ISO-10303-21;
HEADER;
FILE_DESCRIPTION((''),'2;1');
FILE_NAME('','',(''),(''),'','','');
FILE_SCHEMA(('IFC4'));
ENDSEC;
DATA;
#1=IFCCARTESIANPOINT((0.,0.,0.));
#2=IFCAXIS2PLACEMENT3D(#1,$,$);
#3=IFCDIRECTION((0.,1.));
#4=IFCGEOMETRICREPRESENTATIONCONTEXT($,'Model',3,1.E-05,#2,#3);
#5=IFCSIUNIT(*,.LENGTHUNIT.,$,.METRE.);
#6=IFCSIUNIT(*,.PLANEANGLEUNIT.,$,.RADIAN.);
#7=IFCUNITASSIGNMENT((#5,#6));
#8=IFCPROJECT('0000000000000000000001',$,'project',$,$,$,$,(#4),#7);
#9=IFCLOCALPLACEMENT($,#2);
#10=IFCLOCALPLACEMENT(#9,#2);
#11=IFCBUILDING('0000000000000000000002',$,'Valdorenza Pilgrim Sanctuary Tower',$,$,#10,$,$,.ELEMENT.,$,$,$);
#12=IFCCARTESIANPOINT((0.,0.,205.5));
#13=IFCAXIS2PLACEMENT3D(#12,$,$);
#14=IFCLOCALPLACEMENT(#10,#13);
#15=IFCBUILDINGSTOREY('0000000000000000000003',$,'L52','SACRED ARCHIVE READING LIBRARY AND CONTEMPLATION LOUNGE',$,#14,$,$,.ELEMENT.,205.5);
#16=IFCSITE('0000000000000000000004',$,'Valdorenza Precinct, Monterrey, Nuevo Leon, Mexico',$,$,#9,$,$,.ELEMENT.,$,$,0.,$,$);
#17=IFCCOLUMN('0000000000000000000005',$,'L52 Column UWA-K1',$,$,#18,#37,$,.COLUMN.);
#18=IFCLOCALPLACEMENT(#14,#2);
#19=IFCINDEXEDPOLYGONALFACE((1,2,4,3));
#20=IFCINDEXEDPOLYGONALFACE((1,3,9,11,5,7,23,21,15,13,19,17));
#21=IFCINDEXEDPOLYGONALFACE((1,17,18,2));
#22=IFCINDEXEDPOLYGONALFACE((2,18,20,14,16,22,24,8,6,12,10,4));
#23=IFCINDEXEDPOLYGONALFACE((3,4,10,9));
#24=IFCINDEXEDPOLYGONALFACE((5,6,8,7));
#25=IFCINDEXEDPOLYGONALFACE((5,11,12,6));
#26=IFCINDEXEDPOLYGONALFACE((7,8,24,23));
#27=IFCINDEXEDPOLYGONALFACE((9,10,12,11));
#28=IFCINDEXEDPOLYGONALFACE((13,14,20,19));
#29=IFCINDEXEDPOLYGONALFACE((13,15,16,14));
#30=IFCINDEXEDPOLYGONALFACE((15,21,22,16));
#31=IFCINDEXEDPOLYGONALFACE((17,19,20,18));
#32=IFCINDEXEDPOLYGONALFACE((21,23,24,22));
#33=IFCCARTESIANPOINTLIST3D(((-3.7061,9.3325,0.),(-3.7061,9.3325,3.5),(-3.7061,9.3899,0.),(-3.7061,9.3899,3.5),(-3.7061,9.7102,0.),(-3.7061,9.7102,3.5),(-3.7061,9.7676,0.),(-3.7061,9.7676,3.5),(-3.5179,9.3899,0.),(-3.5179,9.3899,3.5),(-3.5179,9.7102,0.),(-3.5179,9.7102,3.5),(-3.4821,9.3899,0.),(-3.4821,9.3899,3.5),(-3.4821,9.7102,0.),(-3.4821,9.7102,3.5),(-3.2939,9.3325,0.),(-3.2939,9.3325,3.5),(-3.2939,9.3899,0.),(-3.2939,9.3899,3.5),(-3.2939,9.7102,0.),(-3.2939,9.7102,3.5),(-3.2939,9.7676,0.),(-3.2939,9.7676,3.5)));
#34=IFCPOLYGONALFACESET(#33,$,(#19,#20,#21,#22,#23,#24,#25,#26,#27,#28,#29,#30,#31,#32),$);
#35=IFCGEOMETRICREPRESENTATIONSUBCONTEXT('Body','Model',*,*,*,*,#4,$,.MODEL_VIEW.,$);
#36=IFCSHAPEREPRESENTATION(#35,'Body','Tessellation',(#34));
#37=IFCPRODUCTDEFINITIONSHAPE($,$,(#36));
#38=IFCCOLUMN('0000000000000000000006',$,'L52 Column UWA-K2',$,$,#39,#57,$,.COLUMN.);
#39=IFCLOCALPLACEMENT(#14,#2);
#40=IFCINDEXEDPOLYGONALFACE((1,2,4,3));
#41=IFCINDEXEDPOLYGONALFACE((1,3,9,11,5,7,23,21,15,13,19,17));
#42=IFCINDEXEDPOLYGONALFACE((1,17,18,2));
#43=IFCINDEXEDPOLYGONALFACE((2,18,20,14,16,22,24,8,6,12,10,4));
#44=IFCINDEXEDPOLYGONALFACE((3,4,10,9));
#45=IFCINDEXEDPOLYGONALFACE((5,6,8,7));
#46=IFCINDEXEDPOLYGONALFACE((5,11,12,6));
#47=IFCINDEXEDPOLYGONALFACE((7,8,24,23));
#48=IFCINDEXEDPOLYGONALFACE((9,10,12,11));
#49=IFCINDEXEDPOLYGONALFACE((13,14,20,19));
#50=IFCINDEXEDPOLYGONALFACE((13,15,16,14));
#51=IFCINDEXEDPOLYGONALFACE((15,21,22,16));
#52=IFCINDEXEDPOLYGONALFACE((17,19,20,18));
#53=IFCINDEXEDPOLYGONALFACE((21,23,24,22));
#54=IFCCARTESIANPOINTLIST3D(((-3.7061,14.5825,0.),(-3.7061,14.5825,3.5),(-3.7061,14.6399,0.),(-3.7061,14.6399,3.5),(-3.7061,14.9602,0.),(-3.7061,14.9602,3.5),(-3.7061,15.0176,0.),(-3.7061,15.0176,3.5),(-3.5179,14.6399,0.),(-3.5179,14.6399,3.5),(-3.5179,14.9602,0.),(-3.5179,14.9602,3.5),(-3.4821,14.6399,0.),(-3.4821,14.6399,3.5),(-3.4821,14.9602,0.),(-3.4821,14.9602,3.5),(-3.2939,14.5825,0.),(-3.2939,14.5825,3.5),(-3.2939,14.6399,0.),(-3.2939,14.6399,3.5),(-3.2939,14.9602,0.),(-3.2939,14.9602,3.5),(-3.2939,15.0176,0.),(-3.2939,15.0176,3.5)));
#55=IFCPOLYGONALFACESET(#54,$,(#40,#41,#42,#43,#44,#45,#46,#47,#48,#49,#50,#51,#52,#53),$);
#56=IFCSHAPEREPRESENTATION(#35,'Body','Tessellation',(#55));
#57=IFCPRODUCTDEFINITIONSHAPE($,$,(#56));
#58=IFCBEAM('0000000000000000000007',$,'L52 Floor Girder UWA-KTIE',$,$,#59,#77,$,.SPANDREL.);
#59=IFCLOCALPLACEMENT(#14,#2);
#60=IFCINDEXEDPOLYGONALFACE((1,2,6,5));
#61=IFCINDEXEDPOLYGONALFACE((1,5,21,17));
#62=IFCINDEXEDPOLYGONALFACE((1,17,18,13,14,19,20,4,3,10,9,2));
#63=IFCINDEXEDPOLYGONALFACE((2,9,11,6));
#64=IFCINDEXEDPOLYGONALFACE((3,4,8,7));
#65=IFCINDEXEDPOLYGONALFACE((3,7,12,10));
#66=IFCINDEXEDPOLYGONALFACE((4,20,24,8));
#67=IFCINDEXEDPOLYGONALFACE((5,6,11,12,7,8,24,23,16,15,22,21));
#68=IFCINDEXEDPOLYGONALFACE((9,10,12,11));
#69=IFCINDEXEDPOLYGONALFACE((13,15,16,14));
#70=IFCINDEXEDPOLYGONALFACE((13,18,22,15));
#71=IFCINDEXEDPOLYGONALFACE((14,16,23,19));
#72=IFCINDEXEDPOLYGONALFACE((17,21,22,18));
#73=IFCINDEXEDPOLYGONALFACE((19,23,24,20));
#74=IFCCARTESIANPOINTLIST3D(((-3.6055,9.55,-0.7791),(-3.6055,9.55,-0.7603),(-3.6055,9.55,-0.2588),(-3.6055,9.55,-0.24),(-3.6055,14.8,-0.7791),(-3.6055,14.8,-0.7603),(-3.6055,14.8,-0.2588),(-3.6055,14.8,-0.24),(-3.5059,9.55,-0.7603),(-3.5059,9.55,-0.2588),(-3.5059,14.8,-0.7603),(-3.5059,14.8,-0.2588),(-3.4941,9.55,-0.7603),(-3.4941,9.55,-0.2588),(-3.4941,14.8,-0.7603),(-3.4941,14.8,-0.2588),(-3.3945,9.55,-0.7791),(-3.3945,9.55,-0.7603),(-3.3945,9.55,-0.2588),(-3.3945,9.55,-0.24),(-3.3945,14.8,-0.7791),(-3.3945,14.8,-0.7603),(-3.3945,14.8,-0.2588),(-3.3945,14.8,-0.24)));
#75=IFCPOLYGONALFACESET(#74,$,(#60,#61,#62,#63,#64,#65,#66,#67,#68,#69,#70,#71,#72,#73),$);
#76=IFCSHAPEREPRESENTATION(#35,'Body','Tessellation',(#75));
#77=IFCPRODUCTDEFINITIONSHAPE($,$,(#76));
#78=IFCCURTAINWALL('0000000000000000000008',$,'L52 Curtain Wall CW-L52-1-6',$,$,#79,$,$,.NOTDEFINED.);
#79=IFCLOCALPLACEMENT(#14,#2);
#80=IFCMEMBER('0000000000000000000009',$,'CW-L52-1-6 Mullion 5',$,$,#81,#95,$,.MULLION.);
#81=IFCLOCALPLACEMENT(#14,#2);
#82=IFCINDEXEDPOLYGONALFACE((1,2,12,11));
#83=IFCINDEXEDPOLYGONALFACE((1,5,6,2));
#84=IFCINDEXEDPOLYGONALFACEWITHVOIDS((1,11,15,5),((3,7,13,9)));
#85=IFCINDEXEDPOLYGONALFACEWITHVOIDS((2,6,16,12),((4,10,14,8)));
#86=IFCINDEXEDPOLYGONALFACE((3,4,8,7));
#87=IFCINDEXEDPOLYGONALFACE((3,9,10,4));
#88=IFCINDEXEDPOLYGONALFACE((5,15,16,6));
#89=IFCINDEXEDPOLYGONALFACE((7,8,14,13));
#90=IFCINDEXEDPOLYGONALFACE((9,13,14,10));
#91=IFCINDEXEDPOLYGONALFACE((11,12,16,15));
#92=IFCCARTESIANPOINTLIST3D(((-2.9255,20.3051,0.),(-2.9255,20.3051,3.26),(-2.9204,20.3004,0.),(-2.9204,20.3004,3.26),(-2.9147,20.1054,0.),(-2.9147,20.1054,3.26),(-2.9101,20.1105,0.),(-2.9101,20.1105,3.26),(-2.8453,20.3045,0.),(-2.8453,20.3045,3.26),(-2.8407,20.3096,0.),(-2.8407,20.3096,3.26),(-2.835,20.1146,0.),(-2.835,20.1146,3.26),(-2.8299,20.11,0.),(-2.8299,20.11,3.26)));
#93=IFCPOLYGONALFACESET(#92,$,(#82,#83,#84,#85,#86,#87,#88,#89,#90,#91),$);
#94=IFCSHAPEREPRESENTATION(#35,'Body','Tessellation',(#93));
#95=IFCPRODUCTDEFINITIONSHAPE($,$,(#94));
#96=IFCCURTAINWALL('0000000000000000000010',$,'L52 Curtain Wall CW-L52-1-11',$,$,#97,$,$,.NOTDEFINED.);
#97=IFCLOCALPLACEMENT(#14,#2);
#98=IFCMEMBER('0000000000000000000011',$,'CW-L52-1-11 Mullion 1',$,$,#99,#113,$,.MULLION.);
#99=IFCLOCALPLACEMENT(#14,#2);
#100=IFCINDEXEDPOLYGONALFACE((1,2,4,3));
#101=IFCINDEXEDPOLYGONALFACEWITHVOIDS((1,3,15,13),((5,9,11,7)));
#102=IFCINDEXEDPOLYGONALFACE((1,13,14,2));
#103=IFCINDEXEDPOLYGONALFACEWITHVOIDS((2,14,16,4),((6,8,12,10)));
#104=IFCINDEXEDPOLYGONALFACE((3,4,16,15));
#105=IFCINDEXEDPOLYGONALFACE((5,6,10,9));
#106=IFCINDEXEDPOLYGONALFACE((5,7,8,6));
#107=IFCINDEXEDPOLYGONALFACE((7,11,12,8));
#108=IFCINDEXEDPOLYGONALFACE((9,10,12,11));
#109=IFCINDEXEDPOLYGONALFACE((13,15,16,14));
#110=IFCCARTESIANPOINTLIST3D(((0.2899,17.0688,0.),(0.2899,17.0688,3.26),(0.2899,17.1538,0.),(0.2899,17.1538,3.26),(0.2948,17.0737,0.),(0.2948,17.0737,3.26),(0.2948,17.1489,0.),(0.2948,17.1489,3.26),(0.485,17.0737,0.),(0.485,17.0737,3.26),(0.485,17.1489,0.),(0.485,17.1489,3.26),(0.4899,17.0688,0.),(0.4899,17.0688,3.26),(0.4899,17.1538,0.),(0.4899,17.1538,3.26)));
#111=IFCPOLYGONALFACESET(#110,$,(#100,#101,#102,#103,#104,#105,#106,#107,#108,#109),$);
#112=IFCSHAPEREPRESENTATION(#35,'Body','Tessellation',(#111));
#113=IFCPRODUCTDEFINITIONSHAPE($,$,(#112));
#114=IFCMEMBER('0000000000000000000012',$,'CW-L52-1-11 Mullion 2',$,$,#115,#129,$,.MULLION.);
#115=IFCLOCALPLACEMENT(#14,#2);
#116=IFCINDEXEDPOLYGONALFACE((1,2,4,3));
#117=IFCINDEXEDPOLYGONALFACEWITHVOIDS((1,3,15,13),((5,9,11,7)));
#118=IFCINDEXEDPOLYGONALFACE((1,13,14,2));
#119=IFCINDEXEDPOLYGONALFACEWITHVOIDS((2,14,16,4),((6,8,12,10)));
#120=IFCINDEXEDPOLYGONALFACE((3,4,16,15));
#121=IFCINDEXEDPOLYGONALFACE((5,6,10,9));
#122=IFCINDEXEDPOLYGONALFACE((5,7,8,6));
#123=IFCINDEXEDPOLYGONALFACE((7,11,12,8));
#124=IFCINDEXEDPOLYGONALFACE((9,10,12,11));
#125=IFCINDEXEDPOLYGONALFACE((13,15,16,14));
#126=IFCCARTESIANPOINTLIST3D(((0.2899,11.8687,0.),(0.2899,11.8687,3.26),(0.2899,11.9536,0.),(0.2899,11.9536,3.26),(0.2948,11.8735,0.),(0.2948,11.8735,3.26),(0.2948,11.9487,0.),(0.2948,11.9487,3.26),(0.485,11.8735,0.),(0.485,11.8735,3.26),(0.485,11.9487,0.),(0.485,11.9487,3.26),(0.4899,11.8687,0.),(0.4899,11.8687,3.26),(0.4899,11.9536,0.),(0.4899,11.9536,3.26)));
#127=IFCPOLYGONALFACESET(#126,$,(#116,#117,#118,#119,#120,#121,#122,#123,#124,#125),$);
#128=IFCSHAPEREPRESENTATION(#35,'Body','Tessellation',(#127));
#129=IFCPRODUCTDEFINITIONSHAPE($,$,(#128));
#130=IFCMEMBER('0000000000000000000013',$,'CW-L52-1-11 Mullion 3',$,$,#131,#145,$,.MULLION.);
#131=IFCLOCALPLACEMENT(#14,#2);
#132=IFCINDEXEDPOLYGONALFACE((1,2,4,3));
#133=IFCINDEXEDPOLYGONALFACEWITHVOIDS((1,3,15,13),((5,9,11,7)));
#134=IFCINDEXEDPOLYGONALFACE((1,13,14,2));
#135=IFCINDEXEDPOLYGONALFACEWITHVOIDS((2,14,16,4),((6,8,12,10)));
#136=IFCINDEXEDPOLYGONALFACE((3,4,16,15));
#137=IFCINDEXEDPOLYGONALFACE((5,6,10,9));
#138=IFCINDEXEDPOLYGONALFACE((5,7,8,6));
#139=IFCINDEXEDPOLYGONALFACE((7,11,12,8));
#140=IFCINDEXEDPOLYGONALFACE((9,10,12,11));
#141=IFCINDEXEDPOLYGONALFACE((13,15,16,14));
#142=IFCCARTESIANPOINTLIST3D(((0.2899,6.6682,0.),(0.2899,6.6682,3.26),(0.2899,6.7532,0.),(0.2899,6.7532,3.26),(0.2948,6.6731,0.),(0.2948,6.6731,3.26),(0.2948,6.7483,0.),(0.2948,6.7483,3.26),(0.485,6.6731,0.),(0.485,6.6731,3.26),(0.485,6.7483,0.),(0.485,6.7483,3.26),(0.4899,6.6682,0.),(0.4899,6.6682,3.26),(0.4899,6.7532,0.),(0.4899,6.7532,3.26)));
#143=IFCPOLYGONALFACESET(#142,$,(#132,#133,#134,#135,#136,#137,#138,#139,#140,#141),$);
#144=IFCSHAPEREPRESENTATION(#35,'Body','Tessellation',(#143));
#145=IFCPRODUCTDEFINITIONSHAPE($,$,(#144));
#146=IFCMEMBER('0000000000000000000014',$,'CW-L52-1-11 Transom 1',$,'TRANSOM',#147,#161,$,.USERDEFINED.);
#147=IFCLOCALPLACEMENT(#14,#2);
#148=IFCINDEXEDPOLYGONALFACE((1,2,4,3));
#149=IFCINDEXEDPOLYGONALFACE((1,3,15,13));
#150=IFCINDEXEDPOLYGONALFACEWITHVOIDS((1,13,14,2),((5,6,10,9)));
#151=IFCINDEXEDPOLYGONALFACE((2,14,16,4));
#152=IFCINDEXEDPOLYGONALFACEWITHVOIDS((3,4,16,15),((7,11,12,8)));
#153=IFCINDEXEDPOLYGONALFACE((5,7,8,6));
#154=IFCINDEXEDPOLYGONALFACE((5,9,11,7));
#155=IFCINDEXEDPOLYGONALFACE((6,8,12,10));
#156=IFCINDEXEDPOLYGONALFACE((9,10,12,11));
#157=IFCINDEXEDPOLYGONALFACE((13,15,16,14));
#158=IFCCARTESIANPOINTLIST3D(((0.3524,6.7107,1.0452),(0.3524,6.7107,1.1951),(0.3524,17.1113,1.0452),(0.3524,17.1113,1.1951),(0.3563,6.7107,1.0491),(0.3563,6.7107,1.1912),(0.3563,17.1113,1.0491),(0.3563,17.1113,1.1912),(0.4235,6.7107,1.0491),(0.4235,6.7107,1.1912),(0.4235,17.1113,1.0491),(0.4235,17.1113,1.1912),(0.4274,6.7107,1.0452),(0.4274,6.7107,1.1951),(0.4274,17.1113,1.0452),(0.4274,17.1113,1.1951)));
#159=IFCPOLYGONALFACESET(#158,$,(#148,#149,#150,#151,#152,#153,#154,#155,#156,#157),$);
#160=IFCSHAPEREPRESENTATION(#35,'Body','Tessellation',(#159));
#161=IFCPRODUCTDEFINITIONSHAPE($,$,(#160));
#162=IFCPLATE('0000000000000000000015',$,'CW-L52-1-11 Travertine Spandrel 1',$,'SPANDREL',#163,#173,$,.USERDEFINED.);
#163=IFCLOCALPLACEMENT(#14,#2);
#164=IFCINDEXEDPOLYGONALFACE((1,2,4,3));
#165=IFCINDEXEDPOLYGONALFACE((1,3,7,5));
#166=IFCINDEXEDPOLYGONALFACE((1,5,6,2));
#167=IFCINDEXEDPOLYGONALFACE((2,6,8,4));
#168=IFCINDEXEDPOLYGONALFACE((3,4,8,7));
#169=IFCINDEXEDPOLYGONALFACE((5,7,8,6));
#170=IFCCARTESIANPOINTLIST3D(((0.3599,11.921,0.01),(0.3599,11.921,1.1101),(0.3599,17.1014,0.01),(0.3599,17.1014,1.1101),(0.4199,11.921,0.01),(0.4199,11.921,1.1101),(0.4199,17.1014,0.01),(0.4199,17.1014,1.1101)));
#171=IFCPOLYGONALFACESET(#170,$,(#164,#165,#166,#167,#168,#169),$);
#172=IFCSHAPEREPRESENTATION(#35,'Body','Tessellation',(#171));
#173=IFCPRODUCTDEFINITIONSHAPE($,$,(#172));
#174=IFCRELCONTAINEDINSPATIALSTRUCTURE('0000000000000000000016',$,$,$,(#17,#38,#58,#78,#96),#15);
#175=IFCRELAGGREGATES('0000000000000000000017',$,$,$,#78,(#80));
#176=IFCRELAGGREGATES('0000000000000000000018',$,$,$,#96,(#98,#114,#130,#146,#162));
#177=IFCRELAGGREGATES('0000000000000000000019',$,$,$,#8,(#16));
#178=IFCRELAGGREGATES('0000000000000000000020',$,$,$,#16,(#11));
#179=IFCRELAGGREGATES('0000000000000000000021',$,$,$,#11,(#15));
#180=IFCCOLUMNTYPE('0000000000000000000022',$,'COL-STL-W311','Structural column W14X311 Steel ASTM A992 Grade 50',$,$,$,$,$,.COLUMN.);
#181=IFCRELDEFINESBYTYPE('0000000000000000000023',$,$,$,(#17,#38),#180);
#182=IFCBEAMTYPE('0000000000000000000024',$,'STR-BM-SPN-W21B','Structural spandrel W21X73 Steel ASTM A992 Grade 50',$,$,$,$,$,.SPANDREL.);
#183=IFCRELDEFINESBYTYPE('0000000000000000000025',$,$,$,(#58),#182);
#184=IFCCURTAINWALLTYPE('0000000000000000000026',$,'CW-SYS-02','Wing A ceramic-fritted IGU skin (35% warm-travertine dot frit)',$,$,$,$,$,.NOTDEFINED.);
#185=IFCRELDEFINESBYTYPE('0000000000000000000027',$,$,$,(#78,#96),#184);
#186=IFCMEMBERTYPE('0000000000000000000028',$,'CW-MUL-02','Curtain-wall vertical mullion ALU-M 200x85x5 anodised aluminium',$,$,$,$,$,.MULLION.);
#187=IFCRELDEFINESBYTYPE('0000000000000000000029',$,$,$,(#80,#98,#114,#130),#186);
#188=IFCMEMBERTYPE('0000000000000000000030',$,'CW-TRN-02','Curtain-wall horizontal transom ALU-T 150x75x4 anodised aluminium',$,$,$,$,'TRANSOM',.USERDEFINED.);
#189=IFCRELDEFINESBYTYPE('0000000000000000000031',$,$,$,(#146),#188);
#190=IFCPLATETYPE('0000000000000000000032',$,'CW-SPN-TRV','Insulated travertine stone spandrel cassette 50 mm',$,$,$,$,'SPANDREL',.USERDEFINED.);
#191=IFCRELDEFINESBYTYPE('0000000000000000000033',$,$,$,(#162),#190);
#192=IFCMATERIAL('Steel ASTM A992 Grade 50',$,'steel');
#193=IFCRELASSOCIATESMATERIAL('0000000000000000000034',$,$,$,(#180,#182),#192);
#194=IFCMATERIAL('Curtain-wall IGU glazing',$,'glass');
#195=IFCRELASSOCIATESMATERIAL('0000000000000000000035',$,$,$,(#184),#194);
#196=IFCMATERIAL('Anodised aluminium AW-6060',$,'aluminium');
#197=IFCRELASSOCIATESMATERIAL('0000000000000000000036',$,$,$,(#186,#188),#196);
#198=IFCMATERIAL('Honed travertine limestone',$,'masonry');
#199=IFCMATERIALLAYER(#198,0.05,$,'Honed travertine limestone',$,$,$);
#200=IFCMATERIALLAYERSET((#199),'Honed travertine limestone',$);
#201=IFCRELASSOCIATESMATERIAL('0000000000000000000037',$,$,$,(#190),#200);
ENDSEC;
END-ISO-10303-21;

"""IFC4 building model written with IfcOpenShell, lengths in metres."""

from ifc_helpers import new_model, si_unit, direction, frame, origin, origin_2d, place, context, subcontext, project, spatial, rectangle, hollow_rectangle, i_section, extrude, source, transform, mapped, material, layer, layer_set, material_profile, profile_set, type_object, element, aggregate, save


model = new_model("IFC4")

# Units and contexts
model_context = context("Model", 3, precision=1e-05, world=origin(), true_north=direction((0.0, 1.0)))
body_context = subcontext(model_context, "Body", "Model", "MODEL_VIEW")
ifc_project = project(units=[si_unit("LENGTHUNIT", "METRE"), si_unit("PLANEANGLEUNIT", "RADIAN")], contexts=[model_context])

# Site, building, storey
site_placement = place(None, origin())
site = spatial("IfcSite", under=ifc_project, at=site_placement, Name="Valdorenza Precinct, Monterrey, Nuevo Leon, Mexico", CompositionType="ELEMENT", RefElevation=0.0)
building_placement = place(site_placement, origin())
building = spatial("IfcBuilding", under=site, at=building_placement, Name="Valdorenza Pilgrim Sanctuary Tower", CompositionType="ELEMENT")
storey_placement = place(building_placement, frame((0.0, 0.0, 205.5)))
storey = spatial("IfcBuildingStorey", under=building, at=storey_placement, Name="L52", Description="SACRED ARCHIVE READING LIBRARY AND CONTEMPLATION LOUNGE", CompositionType="ELEMENT", Elevation=205.5)

# Columns
ifc_material_1 = material(Name="Steel ASTM A992 Grade 50", Category="steel")
ifc_material_profile_1 = material_profile(ifc_material_1, i_section(OverallWidth=0.4121, OverallDepth=0.4351, WebThickness=0.0359, FlangeThickness=0.0574, at=origin_2d()), Name="W14X311")
ifc_profile_set_1 = profile_set([ifc_material_profile_1], Name="Steel ASTM A992 Grade 50")
column_type = type_object("IfcColumnType", Name="COL-STL-W311", Description="Structural column W14X311 Steel ASTM A992 Grade 50", PredefinedType="COLUMN", material=ifc_profile_set_1)
shared_shape_1 = source(origin(), body_context, "Body", "SweptSolid", [
    extrude(i_section(OverallWidth=0.4121, OverallDepth=0.4351, WebThickness=0.0359, FlangeThickness=0.0574, at=origin_2d()), origin(), (0.0, 0.0, 1.0), 3.5),
])
for number, where, z_axis, x_axis, name in (
    (1, (-3.5, 9.55, 0.0), (0.0, 0.0, 1.0), (1.0, 0.0, 0.0), "L52 Column UWA-K1"),
    (2, (-3.5, 14.8, 0.0), (0.0, 0.0, 1.0), (1.0, 0.0, 0.0), "L52 Column UWA-K2"),
):
    element("IfcColumn", number, at=place(storey_placement, frame(where, z_axis=z_axis, x_axis=x_axis)), inside=storey, type_object=column_type, Name=name, PredefinedType="COLUMN", context=body_context, shape_type="MappedRepresentation", body=[
        mapped(shared_shape_1, transform((0.0, 0.0, 0.0), x_axis=(1.0, 0.0, 0.0), y_axis=(0.0, 1.0, 0.0), z_axis=(0.0, 0.0, 1.0), scale=1.0)),
    ])

# Beam
ifc_material_profile_2 = material_profile(ifc_material_1, i_section(OverallWidth=0.2109, OverallDepth=0.5391, WebThickness=0.0117, FlangeThickness=0.0188, at=origin_2d()), Name="W21X73")
ifc_profile_set_2 = profile_set([ifc_material_profile_2], Name="Steel ASTM A992 Grade 50")
beam_type = type_object("IfcBeamType", Name="STR-BM-SPN-W21B", Description="Structural spandrel W21X73 Steel ASTM A992 Grade 50", PredefinedType="SPANDREL", material=ifc_profile_set_2)
shared_shape_2 = source(origin(), body_context, "Body", "SweptSolid", [
    extrude(i_section(OverallWidth=0.2109, OverallDepth=0.5391, WebThickness=0.0117, FlangeThickness=0.0188, at=origin_2d()), origin(), (0.0, 0.0, 1.0), 5.25),
])
beam_placement = place(storey_placement, frame((-3.5, 9.55, -0.5095), z_axis=(0.0, 1.0, 0.0), x_axis=(-1.0, 0.0, 0.0)))
element("IfcBeam", 3, at=beam_placement, inside=storey, type_object=beam_type, Name="L52 Floor Girder UWA-KTIE", PredefinedType="SPANDREL", context=body_context, shape_type="MappedRepresentation", body=[
    mapped(shared_shape_2, transform((0.0, 0.0, 0.0), x_axis=(1.0, 0.0, 0.0), y_axis=(0.0, 1.0, 0.0), z_axis=(0.0, 0.0, 1.0), scale=1.0)),
])

# Curtain wall, member
ifc_material_2 = material(Name="Curtain-wall IGU glazing", Category="glass")
curtain_wall_type = type_object("IfcCurtainWallType", Name="CW-SYS-02", Description="Wing A ceramic-fritted IGU skin (35% warm-travertine dot frit)", PredefinedType="NOTDEFINED", material=ifc_material_2)
curtain_wall_1_placement = place(storey_placement, origin())
curtain_wall_1 = element("IfcCurtainWall", 4, at=curtain_wall_1_placement, inside=storey, type_object=curtain_wall_type, Name="L52 Curtain Wall CW-L52-1-6", PredefinedType="NOTDEFINED")
ifc_material_3 = material(Name="Anodised aluminium AW-6060", Category="aluminium")
ifc_material_profile_3 = material_profile(ifc_material_3, hollow_rectangle(XDim=0.085, YDim=0.2, WallThickness=0.0049, at=origin_2d()), Name="ALU-M 200x85x5")
ifc_profile_set_3 = profile_set([ifc_material_profile_3], Name="Anodised aluminium AW-6060")
member_type_1 = type_object("IfcMemberType", Name="CW-MUL-02", Description="Curtain-wall vertical mullion ALU-M 200x85x5 anodised aluminium", PredefinedType="MULLION", material=ifc_profile_set_3)
shared_shape_3 = source(origin(), body_context, "Body", "SweptSolid", [
    extrude(hollow_rectangle(XDim=0.085, YDim=0.2, WallThickness=0.0049, at=origin_2d()), origin(), (0.0, 0.0, 1.0), 3.26),
])
member_1_placement = place(storey_placement, frame((-2.8777, 20.2075, 0.0), z_axis=(0.0, 0.0, 1.0), x_axis=(0.998547, 0.053887, 0.0)))
member_1 = element("IfcMember", 5, at=member_1_placement, type_object=member_type_1, Name="CW-L52-1-6 Mullion 5", PredefinedType="MULLION", context=body_context, shape_type="MappedRepresentation", body=[
    mapped(shared_shape_3, transform((0.0, 0.0, 0.0), x_axis=(1.0, 0.0, 0.0), y_axis=(0.0, 1.0, 0.0), z_axis=(0.0, 0.0, 1.0), scale=1.0)),
])

# Curtain wall, members, plate
curtain_wall_2_placement = place(storey_placement, origin())
curtain_wall_2 = element("IfcCurtainWall", 6, at=curtain_wall_2_placement, inside=storey, type_object=curtain_wall_type, Name="L52 Curtain Wall CW-L52-1-11", PredefinedType="NOTDEFINED")
member_2_placement = place(storey_placement, frame((0.3899, 17.1113, 0.0), z_axis=(0.0, 0.0, 1.0), x_axis=(0.0, -1.0, 0.0)))
member_2 = element("IfcMember", 7, at=member_2_placement, type_object=member_type_1, Name="CW-L52-1-11 Mullion 1", PredefinedType="MULLION", context=body_context, shape_type="MappedRepresentation", body=[
    mapped(shared_shape_3, transform((0.0, 0.0, 0.0), x_axis=(1.0, 0.0, 0.0), y_axis=(0.0, 1.0, 0.0), z_axis=(0.0, 0.0, 1.0), scale=1.0)),
])
member_3_placement = place(storey_placement, frame((0.3899, 11.9111, 0.0), z_axis=(0.0, 0.0, 1.0), x_axis=(0.0, -1.0, 0.0)))
member_3 = element("IfcMember", 8, at=member_3_placement, type_object=member_type_1, Name="CW-L52-1-11 Mullion 2", PredefinedType="MULLION", context=body_context, shape_type="MappedRepresentation", body=[
    mapped(shared_shape_3, transform((0.0, 0.0, 0.0), x_axis=(1.0, 0.0, 0.0), y_axis=(0.0, 1.0, 0.0), z_axis=(0.0, 0.0, 1.0), scale=1.0)),
])
member_4_placement = place(storey_placement, frame((0.3899, 6.7107, 0.0), z_axis=(0.0, 0.0, 1.0), x_axis=(0.0, -1.0, 0.0)))
member_4 = element("IfcMember", 9, at=member_4_placement, type_object=member_type_1, Name="CW-L52-1-11 Mullion 3", PredefinedType="MULLION", context=body_context, shape_type="MappedRepresentation", body=[
    mapped(shared_shape_3, transform((0.0, 0.0, 0.0), x_axis=(1.0, 0.0, 0.0), y_axis=(0.0, 1.0, 0.0), z_axis=(0.0, 0.0, 1.0), scale=1.0)),
])
ifc_material_profile_4 = material_profile(ifc_material_3, hollow_rectangle(XDim=0.075, YDim=0.1499, WallThickness=0.0039, at=origin_2d()), Name="ALU-T 150x75x4")
ifc_profile_set_4 = profile_set([ifc_material_profile_4], Name="Anodised aluminium AW-6060")
member_type_2 = type_object("IfcMemberType", Name="CW-TRN-02", Description="Curtain-wall horizontal transom ALU-T 150x75x4 anodised aluminium", ElementType="TRANSOM", PredefinedType="USERDEFINED", material=ifc_profile_set_4)
shared_shape_4 = source(origin(), body_context, "Body", "SweptSolid", [
    extrude(hollow_rectangle(XDim=0.075, YDim=0.1499, WallThickness=0.0039, at=origin_2d()), origin(), (0.0, 0.0, 1.0), 10.4006),
])
member_5_placement = place(storey_placement, frame((0.3899, 17.1113, 1.1201), z_axis=(0.0, -1.0, 0.0), x_axis=(1.0, 0.0, 0.0)))
member_5 = element("IfcMember", 10, at=member_5_placement, type_object=member_type_2, Name="CW-L52-1-11 Transom 1", ObjectType="TRANSOM", PredefinedType="USERDEFINED", context=body_context, shape_type="MappedRepresentation", body=[
    mapped(shared_shape_4, transform((0.0, 0.0, 0.0), x_axis=(1.0, 0.0, 0.0), y_axis=(0.0, 1.0, 0.0), z_axis=(0.0, 0.0, 1.0), scale=1.0)),
])
ifc_material_4 = material(Name="Honed travertine limestone", Category="masonry")
ifc_layer_1 = layer(ifc_material_4, 0.05, Name="Honed travertine limestone")
ifc_layer_set_1 = layer_set([ifc_layer_1], Name="Honed travertine limestone")
plate_type_1 = type_object("IfcPlateType", Name="CW-SPN-TRV", Description="Insulated travertine stone spandrel cassette 50 mm", ElementType="SPANDREL", PredefinedType="USERDEFINED", material=ifc_layer_set_1)
shared_shape_5 = source(origin(), body_context, "Body", "SweptSolid", [
    extrude(rectangle(XDim=5.1804, YDim=0.0601, at=origin_2d()), origin(), (0.0, 0.0, 1.0), 1.1001),
])
plate_1_placement = place(storey_placement, frame((0.3899, 14.5112, 0.01), z_axis=(0.0, 0.0, 1.0), x_axis=(0.0, -1.0, 0.0)))
plate_1 = element("IfcPlate", 11, at=plate_1_placement, type_object=plate_type_1, Name="CW-L52-1-11 Travertine Spandrel 1", ObjectType="SPANDREL", PredefinedType="USERDEFINED", context=body_context, shape_type="MappedRepresentation", body=[
    mapped(shared_shape_5, transform((0.0, 0.0, 0.0), x_axis=(1.0, 0.0, 0.0), y_axis=(0.0, 1.0, 0.0), z_axis=(0.0, 0.0, 1.0), scale=1.0)),
])

aggregate(curtain_wall_1, [member_1])
aggregate(curtain_wall_2, [member_2, member_3, member_4, member_5, plate_1])

save(model, "model.ifc")
